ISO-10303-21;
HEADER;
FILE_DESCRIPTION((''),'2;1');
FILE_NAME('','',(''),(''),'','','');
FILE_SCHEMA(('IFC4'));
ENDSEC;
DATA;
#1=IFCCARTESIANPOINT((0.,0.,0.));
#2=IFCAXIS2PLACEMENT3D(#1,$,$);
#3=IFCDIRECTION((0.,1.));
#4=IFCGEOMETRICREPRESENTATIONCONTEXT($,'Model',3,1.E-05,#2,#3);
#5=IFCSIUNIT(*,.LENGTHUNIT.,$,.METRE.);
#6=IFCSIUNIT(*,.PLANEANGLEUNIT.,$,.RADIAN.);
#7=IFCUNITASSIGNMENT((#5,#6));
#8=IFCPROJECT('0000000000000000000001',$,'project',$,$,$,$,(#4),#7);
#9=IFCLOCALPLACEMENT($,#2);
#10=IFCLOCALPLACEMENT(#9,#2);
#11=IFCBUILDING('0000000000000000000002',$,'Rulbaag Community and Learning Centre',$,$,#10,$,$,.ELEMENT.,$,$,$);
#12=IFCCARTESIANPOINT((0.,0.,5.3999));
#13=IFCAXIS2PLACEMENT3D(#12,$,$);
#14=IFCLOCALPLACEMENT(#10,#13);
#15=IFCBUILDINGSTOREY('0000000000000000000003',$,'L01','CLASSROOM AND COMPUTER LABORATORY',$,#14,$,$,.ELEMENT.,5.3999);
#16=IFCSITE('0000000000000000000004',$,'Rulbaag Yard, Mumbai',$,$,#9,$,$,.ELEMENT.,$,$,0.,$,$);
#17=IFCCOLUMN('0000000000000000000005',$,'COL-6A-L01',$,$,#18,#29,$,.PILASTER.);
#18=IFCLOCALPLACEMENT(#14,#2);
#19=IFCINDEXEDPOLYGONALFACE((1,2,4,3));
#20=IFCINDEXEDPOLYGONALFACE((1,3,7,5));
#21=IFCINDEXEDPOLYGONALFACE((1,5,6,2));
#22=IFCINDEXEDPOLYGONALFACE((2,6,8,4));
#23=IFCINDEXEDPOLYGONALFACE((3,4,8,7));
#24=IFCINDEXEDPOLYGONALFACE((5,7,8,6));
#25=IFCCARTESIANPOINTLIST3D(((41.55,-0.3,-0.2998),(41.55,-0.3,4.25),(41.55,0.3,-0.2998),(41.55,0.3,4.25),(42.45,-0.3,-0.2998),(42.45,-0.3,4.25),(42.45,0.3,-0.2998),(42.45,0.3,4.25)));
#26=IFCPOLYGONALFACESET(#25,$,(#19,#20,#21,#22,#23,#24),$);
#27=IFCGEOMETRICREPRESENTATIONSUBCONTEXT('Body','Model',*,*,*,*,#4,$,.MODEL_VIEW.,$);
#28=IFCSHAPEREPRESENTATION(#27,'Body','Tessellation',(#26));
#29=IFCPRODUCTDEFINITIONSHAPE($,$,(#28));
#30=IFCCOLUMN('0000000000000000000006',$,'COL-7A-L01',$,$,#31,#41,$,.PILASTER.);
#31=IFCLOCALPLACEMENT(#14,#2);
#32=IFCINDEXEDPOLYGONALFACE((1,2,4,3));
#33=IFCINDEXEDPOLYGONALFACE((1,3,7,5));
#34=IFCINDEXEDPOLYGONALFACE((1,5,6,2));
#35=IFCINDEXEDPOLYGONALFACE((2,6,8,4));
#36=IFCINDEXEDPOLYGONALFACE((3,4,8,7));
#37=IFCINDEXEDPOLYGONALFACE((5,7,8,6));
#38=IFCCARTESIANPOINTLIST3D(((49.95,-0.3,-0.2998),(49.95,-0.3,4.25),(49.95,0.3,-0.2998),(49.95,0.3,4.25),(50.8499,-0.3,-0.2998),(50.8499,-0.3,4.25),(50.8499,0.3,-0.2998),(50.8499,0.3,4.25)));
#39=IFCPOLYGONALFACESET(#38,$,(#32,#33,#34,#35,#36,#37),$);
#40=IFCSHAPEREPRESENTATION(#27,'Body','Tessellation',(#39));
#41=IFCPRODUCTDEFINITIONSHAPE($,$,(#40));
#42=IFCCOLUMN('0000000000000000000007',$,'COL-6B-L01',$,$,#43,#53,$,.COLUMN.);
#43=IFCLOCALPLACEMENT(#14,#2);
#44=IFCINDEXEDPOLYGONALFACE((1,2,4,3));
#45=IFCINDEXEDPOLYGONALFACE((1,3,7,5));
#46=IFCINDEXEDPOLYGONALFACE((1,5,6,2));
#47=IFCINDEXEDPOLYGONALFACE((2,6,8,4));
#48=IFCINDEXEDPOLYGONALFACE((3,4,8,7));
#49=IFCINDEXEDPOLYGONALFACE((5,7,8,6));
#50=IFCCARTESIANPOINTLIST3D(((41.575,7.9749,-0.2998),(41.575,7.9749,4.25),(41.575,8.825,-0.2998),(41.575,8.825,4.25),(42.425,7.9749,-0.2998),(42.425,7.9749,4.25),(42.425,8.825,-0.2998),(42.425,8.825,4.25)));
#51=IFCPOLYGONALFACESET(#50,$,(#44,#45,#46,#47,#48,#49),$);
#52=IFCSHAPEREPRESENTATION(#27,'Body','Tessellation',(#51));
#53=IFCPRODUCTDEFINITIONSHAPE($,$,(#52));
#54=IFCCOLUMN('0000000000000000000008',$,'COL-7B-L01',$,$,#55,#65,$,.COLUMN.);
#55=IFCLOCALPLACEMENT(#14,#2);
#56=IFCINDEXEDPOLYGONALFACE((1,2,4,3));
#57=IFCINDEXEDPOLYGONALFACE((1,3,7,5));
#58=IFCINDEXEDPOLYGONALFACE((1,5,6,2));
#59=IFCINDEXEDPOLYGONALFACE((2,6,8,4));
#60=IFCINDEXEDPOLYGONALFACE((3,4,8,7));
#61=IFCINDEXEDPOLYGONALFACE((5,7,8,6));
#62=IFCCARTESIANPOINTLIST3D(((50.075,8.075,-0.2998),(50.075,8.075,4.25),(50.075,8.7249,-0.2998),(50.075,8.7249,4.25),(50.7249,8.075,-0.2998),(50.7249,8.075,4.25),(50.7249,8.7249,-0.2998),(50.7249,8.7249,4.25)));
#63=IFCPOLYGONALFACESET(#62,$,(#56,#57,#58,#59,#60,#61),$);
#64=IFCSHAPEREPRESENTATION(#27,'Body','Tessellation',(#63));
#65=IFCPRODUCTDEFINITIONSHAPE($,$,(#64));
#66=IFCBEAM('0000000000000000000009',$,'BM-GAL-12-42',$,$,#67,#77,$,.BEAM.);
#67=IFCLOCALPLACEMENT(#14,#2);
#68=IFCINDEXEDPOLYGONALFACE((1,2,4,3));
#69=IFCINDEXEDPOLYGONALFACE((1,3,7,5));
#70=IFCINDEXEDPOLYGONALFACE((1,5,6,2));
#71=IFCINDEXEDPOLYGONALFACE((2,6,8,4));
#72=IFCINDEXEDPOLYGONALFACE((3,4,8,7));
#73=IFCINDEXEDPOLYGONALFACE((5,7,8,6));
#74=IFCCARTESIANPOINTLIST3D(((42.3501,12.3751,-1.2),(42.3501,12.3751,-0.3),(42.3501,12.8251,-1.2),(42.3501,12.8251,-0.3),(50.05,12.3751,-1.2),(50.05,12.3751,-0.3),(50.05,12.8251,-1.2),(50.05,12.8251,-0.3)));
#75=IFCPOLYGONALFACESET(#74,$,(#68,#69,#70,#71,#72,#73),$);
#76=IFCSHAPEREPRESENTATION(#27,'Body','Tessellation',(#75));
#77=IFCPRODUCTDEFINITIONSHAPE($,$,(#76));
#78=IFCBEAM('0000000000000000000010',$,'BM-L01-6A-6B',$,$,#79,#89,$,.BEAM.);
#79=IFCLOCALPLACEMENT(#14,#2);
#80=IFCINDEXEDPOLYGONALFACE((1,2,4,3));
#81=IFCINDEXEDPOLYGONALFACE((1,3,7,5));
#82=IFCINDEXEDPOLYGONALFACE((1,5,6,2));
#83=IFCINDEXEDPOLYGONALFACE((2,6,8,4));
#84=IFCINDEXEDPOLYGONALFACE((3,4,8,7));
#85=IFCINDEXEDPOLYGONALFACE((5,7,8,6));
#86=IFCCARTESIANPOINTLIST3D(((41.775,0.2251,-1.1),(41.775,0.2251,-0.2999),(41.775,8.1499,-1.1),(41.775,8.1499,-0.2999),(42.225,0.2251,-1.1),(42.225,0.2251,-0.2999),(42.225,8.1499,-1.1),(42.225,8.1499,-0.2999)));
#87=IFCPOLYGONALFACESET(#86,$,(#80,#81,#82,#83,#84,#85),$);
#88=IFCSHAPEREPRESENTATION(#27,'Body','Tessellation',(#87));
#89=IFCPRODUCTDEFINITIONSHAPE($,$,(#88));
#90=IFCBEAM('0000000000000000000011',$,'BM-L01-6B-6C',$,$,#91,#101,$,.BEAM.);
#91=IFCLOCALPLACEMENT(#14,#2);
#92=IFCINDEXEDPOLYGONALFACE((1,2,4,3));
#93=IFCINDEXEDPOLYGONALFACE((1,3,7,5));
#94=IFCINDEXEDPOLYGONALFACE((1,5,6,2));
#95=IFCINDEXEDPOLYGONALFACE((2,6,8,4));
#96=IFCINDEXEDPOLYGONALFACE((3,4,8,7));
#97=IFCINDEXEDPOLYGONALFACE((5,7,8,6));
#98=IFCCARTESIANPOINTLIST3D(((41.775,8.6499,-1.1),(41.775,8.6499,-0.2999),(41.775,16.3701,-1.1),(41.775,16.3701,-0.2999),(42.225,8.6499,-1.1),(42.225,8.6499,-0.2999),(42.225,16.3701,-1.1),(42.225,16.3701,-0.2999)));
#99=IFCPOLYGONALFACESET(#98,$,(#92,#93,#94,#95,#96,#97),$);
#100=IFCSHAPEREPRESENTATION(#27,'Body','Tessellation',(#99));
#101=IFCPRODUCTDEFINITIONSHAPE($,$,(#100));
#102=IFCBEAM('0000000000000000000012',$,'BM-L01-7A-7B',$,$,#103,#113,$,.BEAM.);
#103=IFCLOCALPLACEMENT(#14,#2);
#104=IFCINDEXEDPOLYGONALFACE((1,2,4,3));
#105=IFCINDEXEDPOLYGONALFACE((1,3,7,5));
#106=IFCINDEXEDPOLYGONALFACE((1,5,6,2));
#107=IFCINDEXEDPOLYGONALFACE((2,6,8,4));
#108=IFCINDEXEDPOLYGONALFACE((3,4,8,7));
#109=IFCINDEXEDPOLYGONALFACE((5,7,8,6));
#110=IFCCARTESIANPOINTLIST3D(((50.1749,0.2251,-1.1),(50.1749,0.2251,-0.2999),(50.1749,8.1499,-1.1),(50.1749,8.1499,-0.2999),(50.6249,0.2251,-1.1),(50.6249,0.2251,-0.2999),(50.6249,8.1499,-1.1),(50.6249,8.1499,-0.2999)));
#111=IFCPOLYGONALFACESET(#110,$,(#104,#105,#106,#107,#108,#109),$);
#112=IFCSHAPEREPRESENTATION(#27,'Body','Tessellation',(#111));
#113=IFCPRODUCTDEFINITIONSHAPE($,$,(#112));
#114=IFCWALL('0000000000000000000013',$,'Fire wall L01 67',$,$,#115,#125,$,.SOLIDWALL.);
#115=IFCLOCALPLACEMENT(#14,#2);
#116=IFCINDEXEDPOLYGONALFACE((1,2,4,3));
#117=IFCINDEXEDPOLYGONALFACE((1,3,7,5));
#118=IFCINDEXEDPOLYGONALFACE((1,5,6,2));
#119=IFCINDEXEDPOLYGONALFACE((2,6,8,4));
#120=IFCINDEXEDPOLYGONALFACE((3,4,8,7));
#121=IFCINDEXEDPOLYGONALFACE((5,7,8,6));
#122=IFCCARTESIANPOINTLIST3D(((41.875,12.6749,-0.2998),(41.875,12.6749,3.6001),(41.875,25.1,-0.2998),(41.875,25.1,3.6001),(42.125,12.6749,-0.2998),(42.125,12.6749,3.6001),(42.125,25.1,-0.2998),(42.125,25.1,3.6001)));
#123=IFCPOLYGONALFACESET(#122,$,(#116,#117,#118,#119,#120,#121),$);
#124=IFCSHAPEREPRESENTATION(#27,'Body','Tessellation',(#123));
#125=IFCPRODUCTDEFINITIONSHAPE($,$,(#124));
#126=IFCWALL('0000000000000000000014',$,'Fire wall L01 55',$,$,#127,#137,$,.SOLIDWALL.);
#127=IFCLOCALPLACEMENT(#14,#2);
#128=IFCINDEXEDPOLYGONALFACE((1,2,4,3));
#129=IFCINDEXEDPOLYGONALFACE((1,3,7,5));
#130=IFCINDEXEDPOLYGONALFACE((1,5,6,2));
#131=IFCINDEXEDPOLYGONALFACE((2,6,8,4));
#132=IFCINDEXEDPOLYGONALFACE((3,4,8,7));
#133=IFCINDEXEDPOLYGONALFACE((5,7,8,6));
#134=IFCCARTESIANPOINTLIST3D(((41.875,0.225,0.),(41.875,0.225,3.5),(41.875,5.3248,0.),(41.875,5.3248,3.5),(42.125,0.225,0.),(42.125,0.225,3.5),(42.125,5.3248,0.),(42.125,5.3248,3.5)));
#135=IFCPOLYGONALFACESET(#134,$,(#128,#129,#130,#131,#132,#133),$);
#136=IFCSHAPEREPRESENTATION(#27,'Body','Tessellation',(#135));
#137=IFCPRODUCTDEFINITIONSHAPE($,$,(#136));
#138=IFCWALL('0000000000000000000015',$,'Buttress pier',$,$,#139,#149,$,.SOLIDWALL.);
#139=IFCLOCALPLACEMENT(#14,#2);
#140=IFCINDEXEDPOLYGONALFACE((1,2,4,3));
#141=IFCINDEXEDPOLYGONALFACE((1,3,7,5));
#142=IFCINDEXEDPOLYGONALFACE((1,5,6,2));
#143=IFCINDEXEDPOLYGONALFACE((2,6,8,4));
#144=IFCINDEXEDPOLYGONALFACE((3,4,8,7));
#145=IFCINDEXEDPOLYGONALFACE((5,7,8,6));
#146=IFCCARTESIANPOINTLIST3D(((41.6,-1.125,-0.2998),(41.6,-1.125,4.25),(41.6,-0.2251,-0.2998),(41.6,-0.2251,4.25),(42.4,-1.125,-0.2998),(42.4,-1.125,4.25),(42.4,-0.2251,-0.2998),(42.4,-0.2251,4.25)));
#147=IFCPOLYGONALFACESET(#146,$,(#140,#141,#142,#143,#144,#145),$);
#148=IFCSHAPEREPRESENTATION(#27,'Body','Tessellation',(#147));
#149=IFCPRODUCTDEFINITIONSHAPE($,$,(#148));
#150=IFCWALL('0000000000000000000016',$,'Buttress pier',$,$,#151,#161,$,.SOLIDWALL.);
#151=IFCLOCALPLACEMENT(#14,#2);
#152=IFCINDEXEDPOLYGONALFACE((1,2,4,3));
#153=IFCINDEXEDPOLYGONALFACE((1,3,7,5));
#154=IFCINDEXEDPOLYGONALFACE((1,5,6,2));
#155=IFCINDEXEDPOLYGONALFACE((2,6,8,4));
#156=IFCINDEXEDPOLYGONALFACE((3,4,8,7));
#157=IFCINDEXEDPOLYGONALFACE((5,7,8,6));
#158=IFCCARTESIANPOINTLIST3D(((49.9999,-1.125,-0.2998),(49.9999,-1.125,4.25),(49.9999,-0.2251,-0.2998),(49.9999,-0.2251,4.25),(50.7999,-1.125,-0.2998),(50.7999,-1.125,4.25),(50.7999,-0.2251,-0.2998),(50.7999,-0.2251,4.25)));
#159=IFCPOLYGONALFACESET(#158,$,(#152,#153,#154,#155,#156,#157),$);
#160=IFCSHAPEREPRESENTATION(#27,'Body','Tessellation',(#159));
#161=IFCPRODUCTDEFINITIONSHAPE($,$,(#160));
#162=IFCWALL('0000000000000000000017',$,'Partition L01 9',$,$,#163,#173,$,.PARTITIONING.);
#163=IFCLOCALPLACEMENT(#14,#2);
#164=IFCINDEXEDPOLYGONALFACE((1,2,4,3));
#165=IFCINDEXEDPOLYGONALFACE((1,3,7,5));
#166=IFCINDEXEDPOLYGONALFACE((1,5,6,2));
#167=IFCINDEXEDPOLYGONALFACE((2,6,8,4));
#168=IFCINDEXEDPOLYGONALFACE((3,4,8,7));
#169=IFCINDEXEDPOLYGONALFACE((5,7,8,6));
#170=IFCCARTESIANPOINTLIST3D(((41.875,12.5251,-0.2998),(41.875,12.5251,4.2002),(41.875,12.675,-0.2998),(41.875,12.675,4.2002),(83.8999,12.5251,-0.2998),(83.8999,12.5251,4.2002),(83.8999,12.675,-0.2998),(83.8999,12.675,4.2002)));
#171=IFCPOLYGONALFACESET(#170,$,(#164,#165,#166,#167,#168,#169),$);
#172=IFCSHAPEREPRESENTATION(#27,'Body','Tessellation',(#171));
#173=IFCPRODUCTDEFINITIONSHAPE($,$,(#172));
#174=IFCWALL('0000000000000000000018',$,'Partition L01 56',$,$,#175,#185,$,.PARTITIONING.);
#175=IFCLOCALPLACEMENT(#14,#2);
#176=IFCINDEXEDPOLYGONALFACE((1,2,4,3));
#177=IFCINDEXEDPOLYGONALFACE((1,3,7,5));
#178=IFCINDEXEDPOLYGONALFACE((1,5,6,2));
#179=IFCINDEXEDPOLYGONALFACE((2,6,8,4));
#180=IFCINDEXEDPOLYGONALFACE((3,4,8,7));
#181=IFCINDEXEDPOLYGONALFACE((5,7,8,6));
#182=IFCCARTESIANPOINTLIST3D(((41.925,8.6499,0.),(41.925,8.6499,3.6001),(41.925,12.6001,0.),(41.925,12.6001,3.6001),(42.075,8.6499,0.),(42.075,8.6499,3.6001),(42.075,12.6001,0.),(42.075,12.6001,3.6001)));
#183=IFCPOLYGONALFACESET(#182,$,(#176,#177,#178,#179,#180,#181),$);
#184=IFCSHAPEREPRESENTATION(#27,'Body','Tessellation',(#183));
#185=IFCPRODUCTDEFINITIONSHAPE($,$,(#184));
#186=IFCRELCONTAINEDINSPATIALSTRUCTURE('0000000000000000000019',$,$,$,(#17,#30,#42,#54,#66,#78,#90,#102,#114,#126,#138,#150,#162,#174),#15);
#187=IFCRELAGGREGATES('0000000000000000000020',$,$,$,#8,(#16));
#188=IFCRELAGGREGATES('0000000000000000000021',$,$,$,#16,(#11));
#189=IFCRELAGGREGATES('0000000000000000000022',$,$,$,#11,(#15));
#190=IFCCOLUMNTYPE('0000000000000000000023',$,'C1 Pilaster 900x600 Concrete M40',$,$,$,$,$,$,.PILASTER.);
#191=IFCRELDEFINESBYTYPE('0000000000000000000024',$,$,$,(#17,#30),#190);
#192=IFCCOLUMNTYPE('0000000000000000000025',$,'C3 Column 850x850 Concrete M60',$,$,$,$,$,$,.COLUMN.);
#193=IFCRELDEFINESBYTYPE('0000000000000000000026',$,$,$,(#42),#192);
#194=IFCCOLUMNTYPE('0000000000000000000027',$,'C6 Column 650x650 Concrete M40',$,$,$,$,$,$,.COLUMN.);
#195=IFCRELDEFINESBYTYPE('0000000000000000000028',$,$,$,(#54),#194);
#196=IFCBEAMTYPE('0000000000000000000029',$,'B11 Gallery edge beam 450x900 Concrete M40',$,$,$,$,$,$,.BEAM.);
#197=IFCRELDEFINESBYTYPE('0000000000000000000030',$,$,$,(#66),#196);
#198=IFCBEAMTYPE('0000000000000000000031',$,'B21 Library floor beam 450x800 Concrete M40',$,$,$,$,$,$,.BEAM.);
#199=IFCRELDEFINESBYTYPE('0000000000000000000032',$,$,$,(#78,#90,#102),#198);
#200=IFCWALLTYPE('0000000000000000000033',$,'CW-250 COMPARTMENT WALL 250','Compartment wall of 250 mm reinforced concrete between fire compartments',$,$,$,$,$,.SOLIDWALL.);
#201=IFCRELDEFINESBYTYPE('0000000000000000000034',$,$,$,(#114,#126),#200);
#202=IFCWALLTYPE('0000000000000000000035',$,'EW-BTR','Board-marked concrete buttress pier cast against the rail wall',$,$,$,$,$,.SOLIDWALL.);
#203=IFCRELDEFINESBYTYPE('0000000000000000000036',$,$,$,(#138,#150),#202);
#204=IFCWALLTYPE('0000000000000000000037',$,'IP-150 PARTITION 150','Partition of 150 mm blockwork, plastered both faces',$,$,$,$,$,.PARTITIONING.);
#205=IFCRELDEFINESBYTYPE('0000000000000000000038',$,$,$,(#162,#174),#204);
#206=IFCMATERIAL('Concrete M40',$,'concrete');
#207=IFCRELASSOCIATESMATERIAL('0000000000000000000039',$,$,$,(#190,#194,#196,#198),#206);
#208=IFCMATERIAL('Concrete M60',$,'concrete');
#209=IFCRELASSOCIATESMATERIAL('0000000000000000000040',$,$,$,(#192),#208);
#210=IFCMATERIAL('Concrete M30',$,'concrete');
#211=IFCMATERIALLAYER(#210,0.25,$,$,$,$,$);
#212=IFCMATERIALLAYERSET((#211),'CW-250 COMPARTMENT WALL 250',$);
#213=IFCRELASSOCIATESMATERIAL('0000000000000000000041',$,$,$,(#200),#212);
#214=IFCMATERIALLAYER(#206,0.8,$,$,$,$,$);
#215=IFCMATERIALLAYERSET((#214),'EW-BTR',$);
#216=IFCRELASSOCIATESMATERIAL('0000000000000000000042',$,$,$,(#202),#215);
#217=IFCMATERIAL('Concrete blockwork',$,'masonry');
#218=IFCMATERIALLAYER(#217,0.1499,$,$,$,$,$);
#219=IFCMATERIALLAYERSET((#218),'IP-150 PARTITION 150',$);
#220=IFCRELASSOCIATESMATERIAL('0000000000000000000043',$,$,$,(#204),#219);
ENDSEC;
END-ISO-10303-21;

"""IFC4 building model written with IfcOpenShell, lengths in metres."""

from ifc_helpers import new_model, si_unit, direction, frame, frame_2d, origin, origin_2d, place, context, subcontext, project, spatial, rectangle, extrude, material, layer, layer_set, material_profile, profile_set, type_object, element, save


model = new_model("IFC4")

# Units and contexts
model_context = context("Model", 3, precision=1e-05, world=origin(), true_north=direction((0.0, 1.0)))
body_context = subcontext(model_context, "Body", "Model", "MODEL_VIEW")
ifc_project = project(units=[si_unit("LENGTHUNIT", "METRE"), si_unit("PLANEANGLEUNIT", "RADIAN")], contexts=[model_context])

# Site, building, storey
site_placement = place(None, origin())
site = spatial("IfcSite", under=ifc_project, at=site_placement, Name="Rulbaag Yard, Mumbai", CompositionType="ELEMENT", RefElevation=0.0)
building_placement = place(site_placement, origin())
building = spatial("IfcBuilding", under=site, at=building_placement, Name="Rulbaag Community and Learning Centre", CompositionType="ELEMENT")
storey_placement = place(building_placement, frame((0.0, 0.0, 5.3999)))
storey = spatial("IfcBuildingStorey", under=building, at=storey_placement, Name="L01", Description="CLASSROOM AND COMPUTER LABORATORY", CompositionType="ELEMENT", Elevation=5.3999)

# Columns
ifc_material_1 = material(Name="Concrete M40", Category="concrete")
ifc_material_profile_1 = material_profile(ifc_material_1, rectangle(XDim=0.8999, YDim=0.6001, at=origin_2d()), Name="RC900x600")
ifc_profile_set_1 = profile_set([ifc_material_profile_1], Name="Concrete M40")
column_type_1 = type_object("IfcColumnType", Name="C1 Pilaster 900x600 Concrete M40", PredefinedType="PILASTER", material=ifc_profile_set_1)
for number, where, z_axis, x_axis, name in (
    (1, (42.0, 0.0, -0.2998), (0.0, 0.0, 1.0), (1.0, 0.0, 0.0), "COL-6A-L01"),
    (2, (50.3999, 0.0, -0.2998), (0.0, 0.0, 1.0), (1.0, 0.0, 0.0), "COL-7A-L01"),
):
    element("IfcColumn", number, at=place(storey_placement, frame(where, z_axis=z_axis, x_axis=x_axis)), inside=storey, type_object=column_type_1, Name=name, PredefinedType="PILASTER", context=body_context, shape_type="SweptSolid", body=[
        extrude(rectangle(XDim=0.8999, YDim=0.6001, at=origin_2d()), origin(), (0.0, 0.0, 1.0), 4.5498),
    ])
ifc_material_2 = material(Name="Concrete M60", Category="concrete")
ifc_material_profile_2 = material_profile(ifc_material_2, rectangle(XDim=0.8501, YDim=0.8501, at=origin_2d()), Name="RC850x850")
ifc_profile_set_2 = profile_set([ifc_material_profile_2], Name="Concrete M60")
column_type_2 = type_object("IfcColumnType", Name="C3 Column 850x850 Concrete M60", PredefinedType="COLUMN", material=ifc_profile_set_2)
column_1_placement = place(storey_placement, frame((42.0, 8.3999, -0.2998), z_axis=(0.0, 0.0, 1.0), x_axis=(1.0, 0.0, 0.0)))
element("IfcColumn", 3, at=column_1_placement, inside=storey, type_object=column_type_2, Name="COL-6B-L01", PredefinedType="COLUMN", context=body_context, shape_type="SweptSolid", body=[
    extrude(rectangle(XDim=0.8501, YDim=0.8501, at=origin_2d()), origin(), (0.0, 0.0, 1.0), 4.5498),
])
ifc_material_profile_3 = material_profile(ifc_material_1, rectangle(XDim=0.6499, YDim=0.6499, at=origin_2d()), Name="RC650x650")
ifc_profile_set_3 = profile_set([ifc_material_profile_3], Name="Concrete M40")
column_type_3 = type_object("IfcColumnType", Name="C6 Column 650x650 Concrete M40", PredefinedType="COLUMN", material=ifc_profile_set_3)
column_2_placement = place(storey_placement, frame((50.3999, 8.3999, -0.2998), z_axis=(0.0, 0.0, 1.0), x_axis=(1.0, 0.0, 0.0)))
element("IfcColumn", 4, at=column_2_placement, inside=storey, type_object=column_type_3, Name="COL-7B-L01", PredefinedType="COLUMN", context=body_context, shape_type="SweptSolid", body=[
    extrude(rectangle(XDim=0.6499, YDim=0.6499, at=origin_2d()), origin(), (0.0, 0.0, 1.0), 4.5498),
])

# Beams
ifc_material_profile_4 = material_profile(ifc_material_1, rectangle(XDim=0.45, YDim=0.8999, at=origin_2d()), Name="RB450x900")
ifc_profile_set_4 = profile_set([ifc_material_profile_4], Name="Concrete M40")
beam_type_1 = type_object("IfcBeamType", Name="B11 Gallery edge beam 450x900 Concrete M40", PredefinedType="BEAM", material=ifc_profile_set_4)
beam_1_placement = place(storey_placement, frame((42.3501, 12.6001, -0.75), z_axis=(1.0, 0.0, 0.0), x_axis=(0.0, 1.0, 0.0)))
element("IfcBeam", 5, at=beam_1_placement, inside=storey, type_object=beam_type_1, Name="BM-GAL-12-42", PredefinedType="BEAM", context=body_context, shape_type="SweptSolid", body=[
    extrude(rectangle(XDim=0.45, YDim=0.8999, at=origin_2d()), origin(), (0.0, 0.0, 1.0), 7.7),
])
ifc_material_profile_5 = material_profile(ifc_material_1, rectangle(XDim=0.45, YDim=0.8, at=origin_2d()), Name="RB450x800")
ifc_profile_set_5 = profile_set([ifc_material_profile_5], Name="Concrete M40")
beam_type_2 = type_object("IfcBeamType", Name="B21 Library floor beam 450x800 Concrete M40", PredefinedType="BEAM", material=ifc_profile_set_5)
beam_2_placement = place(storey_placement, frame((42.0, 0.2251, -0.7), z_axis=(0.0, 1.0, 0.0), x_axis=(-1.0, 0.0, 0.0)))
element("IfcBeam", 6, at=beam_2_placement, inside=storey, type_object=beam_type_2, Name="BM-L01-6A-6B", PredefinedType="BEAM", context=body_context, shape_type="SweptSolid", body=[
    extrude(rectangle(XDim=0.45, YDim=0.8, at=origin_2d()), origin(), (0.0, 0.0, 1.0), 7.9248),
])
beam_3_placement = place(storey_placement, frame((42.0, 8.6499, -0.7), z_axis=(0.0, 1.0, 0.0), x_axis=(-1.0, 0.0, 0.0)))
element("IfcBeam", 7, at=beam_3_placement, inside=storey, type_object=beam_type_2, Name="BM-L01-6B-6C", PredefinedType="BEAM", context=body_context, shape_type="SweptSolid", body=[
    extrude(rectangle(XDim=0.45, YDim=0.8, at=origin_2d()), origin(), (0.0, 0.0, 1.0), 7.7202),
])
beam_4_placement = place(storey_placement, frame((50.3999, 0.2251, -0.7), z_axis=(0.0, 1.0, 0.0), x_axis=(-1.0, 0.0, 0.0)))
element("IfcBeam", 8, at=beam_4_placement, inside=storey, type_object=beam_type_2, Name="BM-L01-7A-7B", PredefinedType="BEAM", context=body_context, shape_type="SweptSolid", body=[
    extrude(rectangle(XDim=0.45, YDim=0.8, at=origin_2d()), origin(), (0.0, 0.0, 1.0), 7.9248),
])

# Walls
ifc_material_3 = material(Name="Concrete M30", Category="concrete")
ifc_layer_1 = layer(ifc_material_3, 0.25)
ifc_layer_set_1 = layer_set([ifc_layer_1], Name="CW-250 COMPARTMENT WALL 250")
wall_type_1 = type_object("IfcWallType", Name="CW-250 COMPARTMENT WALL 250", Description="Compartment wall of 250 mm reinforced concrete between fire compartments", PredefinedType="SOLIDWALL", material=ifc_layer_set_1)
wall_1_placement = place(storey_placement, frame((42.0, 12.675, -0.2998), z_axis=(0.0, 0.0, 1.0), x_axis=(0.0, 1.0, 0.0)))
element("IfcWall", 9, at=wall_1_placement, inside=storey, type_object=wall_type_1, Name="Fire wall L01 67", PredefinedType="SOLIDWALL", context=body_context, shape_type="SweptSolid", body=[
    extrude(rectangle(XDim=12.425, YDim=0.25, at=frame_2d((6.2124, 0.0))), origin(), (0.0, 0.0, 1.0), 3.8999),
])
wall_2_placement = place(storey_placement, frame((42.0, 0.2251, 0.0), z_axis=(0.0, 0.0, 1.0), x_axis=(0.0, 1.0, 0.0)))
element("IfcWall", 10, at=wall_2_placement, inside=storey, type_object=wall_type_1, Name="Fire wall L01 55", PredefinedType="SOLIDWALL", context=body_context, shape_type="SweptSolid", body=[
    extrude(rectangle(XDim=5.0999, YDim=0.25, at=frame_2d((2.5498, 0.0))), origin(), (0.0, 0.0, 1.0), 3.5),
])
ifc_layer_2 = layer(ifc_material_1, 0.8)
ifc_layer_set_2 = layer_set([ifc_layer_2], Name="EW-BTR")
wall_type_2 = type_object("IfcWallType", Name="EW-BTR", Description="Board-marked concrete buttress pier cast against the rail wall", PredefinedType="SOLIDWALL", material=ifc_layer_set_2)
for number, where, z_axis, x_axis, name in (
    (11, (42.0, -0.2251, -0.2998), (0.0, 0.0, 1.0), (0.0, -1.0, 0.0), "Buttress pier"),
    (12, (50.3999, -0.2251, -0.2998), (0.0, 0.0, 1.0), (0.0, -1.0, 0.0), "Buttress pier"),
):
    element("IfcWall", number, at=place(storey_placement, frame(where, z_axis=z_axis, x_axis=x_axis)), inside=storey, type_object=wall_type_2, Name=name, PredefinedType="SOLIDWALL", context=body_context, shape_type="SweptSolid", body=[
        extrude(rectangle(XDim=0.8999, YDim=0.8, at=frame_2d((0.45, 0.0))), origin(), (0.0, 0.0, 1.0), 4.5498),
    ])
ifc_material_4 = material(Name="Concrete blockwork", Category="masonry")
ifc_layer_3 = layer(ifc_material_4, 0.1499)
ifc_layer_set_3 = layer_set([ifc_layer_3], Name="IP-150 PARTITION 150")
wall_type_3 = type_object("IfcWallType", Name="IP-150 PARTITION 150", Description="Partition of 150 mm blockwork, plastered both faces", PredefinedType="PARTITIONING", material=ifc_layer_set_3)
wall_3_placement = place(storey_placement, frame((41.875, 12.6001, -0.2998), z_axis=(0.0, 0.0, 1.0), x_axis=(1.0, 0.0, 0.0)))
element("IfcWall", 13, at=wall_3_placement, inside=storey, type_object=wall_type_3, Name="Partition L01 9", PredefinedType="PARTITIONING", context=body_context, shape_type="SweptSolid", body=[
    extrude(rectangle(XDim=42.0249, YDim=0.1499, at=frame_2d((21.0125, 0.0))), origin(), (0.0, 0.0, 1.0), 4.5),
])
wall_4_placement = place(storey_placement, frame((42.0, 8.6499, 0.0), z_axis=(0.0, 0.0, 1.0), x_axis=(0.0, 1.0, 0.0)))
element("IfcWall", 14, at=wall_4_placement, inside=storey, type_object=wall_type_3, Name="Partition L01 56", PredefinedType="PARTITIONING", context=body_context, shape_type="SweptSolid", body=[
    extrude(rectangle(XDim=3.9502, YDim=0.1499, at=frame_2d((1.9751, 0.0))), origin(), (0.0, 0.0, 1.0), 3.6001),
])

save(model, "model.ifc")
